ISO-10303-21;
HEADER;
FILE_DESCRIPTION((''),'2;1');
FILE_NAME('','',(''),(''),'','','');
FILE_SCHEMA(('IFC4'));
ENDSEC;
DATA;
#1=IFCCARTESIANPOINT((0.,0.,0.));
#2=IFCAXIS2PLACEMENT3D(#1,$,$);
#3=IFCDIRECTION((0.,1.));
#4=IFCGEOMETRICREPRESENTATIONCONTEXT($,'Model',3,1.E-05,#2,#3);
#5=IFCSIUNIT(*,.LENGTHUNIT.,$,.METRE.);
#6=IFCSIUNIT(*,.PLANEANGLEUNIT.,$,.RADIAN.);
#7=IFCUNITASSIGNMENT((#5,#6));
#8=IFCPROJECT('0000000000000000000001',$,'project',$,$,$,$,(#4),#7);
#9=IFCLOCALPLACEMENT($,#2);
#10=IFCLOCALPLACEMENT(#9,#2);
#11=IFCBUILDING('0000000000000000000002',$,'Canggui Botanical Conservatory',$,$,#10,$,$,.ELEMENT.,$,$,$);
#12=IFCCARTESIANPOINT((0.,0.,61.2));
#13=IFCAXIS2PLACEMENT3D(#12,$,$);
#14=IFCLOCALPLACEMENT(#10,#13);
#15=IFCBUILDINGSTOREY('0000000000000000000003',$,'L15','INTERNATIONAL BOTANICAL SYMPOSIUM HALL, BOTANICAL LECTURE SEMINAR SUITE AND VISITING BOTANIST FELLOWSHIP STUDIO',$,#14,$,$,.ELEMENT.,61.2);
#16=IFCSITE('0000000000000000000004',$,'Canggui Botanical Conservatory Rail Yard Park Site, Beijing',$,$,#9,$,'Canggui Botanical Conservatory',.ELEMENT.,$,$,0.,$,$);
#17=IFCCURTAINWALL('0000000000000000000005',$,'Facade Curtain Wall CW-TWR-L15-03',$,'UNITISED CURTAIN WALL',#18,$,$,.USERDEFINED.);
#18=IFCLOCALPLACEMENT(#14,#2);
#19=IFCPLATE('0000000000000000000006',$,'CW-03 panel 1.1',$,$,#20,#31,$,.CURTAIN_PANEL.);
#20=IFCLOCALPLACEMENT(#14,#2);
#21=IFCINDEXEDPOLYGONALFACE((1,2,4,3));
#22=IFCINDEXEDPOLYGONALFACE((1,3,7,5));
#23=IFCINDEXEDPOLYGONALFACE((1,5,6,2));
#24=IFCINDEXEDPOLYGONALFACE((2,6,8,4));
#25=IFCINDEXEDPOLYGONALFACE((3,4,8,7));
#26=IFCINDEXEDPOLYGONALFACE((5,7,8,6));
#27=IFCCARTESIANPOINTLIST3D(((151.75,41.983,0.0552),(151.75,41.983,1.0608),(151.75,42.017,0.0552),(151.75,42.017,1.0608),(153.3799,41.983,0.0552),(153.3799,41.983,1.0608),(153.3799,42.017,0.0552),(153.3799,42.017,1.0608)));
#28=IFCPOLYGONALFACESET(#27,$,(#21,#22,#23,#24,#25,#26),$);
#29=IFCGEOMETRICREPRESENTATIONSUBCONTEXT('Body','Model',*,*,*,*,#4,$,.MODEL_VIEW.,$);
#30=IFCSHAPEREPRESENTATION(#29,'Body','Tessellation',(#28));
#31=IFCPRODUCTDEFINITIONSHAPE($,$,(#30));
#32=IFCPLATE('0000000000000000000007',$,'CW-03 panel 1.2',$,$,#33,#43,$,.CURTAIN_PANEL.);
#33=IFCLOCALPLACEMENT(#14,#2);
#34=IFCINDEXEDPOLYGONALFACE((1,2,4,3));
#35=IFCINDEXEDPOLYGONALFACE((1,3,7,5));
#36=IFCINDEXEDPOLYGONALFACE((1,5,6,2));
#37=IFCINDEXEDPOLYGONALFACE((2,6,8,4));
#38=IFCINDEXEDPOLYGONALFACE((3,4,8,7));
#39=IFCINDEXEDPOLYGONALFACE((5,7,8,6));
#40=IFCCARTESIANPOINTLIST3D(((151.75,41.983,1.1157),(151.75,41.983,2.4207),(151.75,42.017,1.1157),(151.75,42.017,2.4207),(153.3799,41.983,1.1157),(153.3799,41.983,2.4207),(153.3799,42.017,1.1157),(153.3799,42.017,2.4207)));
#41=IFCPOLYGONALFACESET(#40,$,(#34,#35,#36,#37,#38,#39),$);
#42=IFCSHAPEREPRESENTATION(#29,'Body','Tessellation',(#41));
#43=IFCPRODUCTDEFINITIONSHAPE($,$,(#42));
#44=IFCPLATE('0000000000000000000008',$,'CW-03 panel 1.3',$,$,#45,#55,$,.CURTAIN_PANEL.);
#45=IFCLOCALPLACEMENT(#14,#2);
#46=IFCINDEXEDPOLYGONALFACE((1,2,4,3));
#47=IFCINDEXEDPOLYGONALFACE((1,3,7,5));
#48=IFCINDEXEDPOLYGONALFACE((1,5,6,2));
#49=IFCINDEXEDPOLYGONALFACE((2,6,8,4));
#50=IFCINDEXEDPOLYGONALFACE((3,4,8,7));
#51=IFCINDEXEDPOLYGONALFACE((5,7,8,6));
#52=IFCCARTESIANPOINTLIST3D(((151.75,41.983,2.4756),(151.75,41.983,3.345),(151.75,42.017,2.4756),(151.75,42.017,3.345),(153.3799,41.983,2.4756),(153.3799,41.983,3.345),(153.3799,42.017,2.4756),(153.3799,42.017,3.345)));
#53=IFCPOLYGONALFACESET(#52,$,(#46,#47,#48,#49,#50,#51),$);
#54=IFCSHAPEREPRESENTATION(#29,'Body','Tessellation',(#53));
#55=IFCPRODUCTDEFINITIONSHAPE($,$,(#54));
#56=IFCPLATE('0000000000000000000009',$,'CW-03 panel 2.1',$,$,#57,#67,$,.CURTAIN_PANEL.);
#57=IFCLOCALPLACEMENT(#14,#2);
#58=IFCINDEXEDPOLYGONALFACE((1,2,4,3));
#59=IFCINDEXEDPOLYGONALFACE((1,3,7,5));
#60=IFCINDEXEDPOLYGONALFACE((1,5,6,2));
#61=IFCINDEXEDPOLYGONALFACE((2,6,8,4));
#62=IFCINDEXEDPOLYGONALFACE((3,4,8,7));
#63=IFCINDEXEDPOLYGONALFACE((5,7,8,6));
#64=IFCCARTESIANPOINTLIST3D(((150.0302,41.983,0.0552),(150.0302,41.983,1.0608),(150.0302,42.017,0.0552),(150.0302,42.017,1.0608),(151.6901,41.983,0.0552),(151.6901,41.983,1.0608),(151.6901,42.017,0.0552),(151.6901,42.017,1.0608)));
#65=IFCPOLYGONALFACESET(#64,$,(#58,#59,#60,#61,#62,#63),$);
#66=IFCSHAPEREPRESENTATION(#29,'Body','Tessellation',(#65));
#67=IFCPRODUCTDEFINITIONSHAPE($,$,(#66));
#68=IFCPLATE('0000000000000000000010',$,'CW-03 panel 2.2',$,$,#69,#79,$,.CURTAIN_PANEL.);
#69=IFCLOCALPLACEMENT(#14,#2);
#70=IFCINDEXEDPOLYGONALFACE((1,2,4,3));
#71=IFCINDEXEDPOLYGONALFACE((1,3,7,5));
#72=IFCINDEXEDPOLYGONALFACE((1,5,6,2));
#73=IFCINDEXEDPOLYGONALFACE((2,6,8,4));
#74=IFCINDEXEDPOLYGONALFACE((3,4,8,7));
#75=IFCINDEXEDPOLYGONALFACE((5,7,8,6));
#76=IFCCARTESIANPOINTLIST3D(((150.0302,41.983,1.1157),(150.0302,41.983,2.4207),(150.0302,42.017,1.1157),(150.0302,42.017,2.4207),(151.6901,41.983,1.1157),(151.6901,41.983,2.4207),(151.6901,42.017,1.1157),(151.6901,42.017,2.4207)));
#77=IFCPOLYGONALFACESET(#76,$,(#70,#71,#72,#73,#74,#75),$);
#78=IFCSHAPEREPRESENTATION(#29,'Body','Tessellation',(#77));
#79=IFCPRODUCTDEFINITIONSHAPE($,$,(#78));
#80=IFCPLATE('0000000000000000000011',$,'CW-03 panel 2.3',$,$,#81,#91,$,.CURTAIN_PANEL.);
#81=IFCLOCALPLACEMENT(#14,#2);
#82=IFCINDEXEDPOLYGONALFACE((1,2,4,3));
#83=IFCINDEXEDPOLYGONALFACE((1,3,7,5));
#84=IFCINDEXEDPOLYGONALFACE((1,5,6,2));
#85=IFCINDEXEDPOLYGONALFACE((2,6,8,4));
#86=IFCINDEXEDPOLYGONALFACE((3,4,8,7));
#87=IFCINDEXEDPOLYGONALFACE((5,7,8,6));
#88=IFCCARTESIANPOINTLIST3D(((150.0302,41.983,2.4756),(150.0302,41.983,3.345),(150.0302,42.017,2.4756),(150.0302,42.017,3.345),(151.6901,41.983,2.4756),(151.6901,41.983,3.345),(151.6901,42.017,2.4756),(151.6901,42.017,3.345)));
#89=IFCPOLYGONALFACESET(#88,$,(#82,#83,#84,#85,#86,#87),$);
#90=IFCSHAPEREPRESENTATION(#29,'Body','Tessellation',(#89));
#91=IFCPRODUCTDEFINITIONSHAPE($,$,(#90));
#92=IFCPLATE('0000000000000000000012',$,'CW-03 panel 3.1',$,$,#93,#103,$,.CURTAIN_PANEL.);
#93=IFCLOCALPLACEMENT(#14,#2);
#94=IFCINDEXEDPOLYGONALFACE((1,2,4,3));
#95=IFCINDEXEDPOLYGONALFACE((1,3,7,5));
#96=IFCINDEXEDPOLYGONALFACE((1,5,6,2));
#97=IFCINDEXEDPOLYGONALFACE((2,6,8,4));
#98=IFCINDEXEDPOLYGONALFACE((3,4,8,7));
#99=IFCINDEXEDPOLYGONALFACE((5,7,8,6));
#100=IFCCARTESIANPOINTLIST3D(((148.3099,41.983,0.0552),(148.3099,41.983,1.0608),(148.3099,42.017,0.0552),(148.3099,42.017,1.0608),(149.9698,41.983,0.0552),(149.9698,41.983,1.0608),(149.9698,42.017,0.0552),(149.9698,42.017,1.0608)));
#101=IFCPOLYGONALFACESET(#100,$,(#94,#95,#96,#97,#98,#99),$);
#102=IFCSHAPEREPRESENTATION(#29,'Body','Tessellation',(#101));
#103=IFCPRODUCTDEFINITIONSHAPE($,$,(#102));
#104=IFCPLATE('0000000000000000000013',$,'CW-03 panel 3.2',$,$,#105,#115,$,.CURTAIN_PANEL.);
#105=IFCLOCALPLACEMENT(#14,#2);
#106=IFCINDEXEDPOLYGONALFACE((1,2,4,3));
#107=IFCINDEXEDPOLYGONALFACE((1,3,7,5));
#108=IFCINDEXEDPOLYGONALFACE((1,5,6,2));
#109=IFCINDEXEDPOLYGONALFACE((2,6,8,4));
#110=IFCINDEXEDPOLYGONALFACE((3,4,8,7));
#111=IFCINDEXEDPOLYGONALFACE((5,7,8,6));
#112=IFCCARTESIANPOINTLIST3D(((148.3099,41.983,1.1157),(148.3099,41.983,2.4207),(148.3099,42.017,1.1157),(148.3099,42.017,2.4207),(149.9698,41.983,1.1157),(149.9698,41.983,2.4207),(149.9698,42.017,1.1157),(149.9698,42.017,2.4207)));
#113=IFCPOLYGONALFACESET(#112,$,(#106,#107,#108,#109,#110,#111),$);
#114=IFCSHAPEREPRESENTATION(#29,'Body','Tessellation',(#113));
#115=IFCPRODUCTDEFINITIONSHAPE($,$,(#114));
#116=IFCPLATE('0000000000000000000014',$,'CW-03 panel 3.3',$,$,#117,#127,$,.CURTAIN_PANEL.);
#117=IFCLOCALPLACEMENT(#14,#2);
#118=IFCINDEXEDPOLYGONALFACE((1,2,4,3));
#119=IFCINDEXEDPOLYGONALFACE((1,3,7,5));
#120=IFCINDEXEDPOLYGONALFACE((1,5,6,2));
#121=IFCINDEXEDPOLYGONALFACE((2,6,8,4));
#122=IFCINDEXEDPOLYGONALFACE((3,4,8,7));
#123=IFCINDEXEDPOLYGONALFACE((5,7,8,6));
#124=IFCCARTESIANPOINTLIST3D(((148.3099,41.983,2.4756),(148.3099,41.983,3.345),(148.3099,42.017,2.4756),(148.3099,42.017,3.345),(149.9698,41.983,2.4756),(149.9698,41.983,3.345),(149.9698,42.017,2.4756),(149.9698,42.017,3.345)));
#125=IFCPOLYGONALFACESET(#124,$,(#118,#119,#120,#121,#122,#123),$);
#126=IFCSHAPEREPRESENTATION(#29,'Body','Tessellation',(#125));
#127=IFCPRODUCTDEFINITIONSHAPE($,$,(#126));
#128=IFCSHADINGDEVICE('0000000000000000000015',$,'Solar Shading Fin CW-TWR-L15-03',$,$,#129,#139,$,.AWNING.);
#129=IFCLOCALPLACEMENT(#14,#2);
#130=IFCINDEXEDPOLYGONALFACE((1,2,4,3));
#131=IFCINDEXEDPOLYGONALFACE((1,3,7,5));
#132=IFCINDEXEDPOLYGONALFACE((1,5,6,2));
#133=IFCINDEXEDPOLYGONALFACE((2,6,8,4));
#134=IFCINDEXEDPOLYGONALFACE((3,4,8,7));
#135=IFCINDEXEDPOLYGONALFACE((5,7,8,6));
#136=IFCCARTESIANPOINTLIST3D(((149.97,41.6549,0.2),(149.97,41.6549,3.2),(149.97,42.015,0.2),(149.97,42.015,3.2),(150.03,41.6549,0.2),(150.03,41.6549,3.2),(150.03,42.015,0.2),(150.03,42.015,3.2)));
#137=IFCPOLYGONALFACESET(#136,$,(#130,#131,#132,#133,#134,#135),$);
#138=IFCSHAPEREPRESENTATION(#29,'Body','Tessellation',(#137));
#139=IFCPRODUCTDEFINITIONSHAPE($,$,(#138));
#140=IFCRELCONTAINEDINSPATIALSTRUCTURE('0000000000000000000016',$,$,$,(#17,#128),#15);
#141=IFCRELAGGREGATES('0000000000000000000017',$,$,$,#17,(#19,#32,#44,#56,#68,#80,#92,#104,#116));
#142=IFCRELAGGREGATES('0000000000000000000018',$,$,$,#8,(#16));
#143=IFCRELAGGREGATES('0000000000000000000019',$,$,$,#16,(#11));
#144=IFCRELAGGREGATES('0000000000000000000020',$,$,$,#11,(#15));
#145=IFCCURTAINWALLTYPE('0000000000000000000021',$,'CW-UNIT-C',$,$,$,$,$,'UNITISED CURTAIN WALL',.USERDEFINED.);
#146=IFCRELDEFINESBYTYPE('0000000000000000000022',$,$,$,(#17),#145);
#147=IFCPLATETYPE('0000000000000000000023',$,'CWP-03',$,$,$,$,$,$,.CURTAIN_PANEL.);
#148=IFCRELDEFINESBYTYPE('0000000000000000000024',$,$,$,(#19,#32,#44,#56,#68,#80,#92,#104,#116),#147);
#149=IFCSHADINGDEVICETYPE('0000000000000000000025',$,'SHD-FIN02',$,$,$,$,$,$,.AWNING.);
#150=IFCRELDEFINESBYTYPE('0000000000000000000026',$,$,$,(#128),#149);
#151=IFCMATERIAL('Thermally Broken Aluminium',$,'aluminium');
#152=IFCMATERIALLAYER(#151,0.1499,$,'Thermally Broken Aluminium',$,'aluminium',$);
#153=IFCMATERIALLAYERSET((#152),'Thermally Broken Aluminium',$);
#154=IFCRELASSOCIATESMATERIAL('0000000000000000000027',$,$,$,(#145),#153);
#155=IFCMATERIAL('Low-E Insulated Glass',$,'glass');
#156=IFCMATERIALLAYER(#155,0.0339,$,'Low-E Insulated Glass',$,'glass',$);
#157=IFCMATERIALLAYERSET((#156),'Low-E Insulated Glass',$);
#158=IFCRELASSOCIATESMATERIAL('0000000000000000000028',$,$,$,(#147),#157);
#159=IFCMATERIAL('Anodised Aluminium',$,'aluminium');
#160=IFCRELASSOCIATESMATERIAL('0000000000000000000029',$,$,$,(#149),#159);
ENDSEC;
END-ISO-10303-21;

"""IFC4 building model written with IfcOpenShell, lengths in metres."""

from ifc_helpers import new_model, si_unit, direction, frame, origin, origin_2d, place, context, subcontext, project, spatial, rectangle, extrude, material, layer, layer_set, type_object, element, aggregate, save


model = new_model("IFC4")

# Units and contexts
model_context = context("Model", 3, precision=1e-05, world=origin(), true_north=direction((0.0, 1.0)))
body_context = subcontext(model_context, "Body", "Model", "MODEL_VIEW")
ifc_project = project(units=[si_unit("LENGTHUNIT", "METRE"), si_unit("PLANEANGLEUNIT", "RADIAN")], contexts=[model_context])

# Site, building, storey
site_placement = place(None, origin())
site = spatial("IfcSite", under=ifc_project, at=site_placement, Name="Canggui Botanical Conservatory Rail Yard Park Site, Beijing", LongName="Canggui Botanical Conservatory", CompositionType="ELEMENT", RefElevation=0.0)
building_placement = place(site_placement, origin())
building = spatial("IfcBuilding", under=site, at=building_placement, Name="Canggui Botanical Conservatory", CompositionType="ELEMENT")
storey_placement = place(building_placement, frame((0.0, 0.0, 61.2)))
storey = spatial("IfcBuildingStorey", under=building, at=storey_placement, Name="L15", Description="INTERNATIONAL BOTANICAL SYMPOSIUM HALL, BOTANICAL LECTURE SEMINAR SUITE AND VISITING BOTANIST FELLOWSHIP STUDIO", CompositionType="ELEMENT", Elevation=61.2)

# Curtain wall, plates
ifc_material_1 = material(Name="Thermally Broken Aluminium", Category="aluminium")
ifc_layer_1 = layer(ifc_material_1, 0.1499, Name="Thermally Broken Aluminium", Category="aluminium")
ifc_layer_set_1 = layer_set([ifc_layer_1], Name="Thermally Broken Aluminium")
curtain_wall_type = type_object("IfcCurtainWallType", Name="CW-UNIT-C", ElementType="UNITISED CURTAIN WALL", PredefinedType="USERDEFINED", material=ifc_layer_set_1)
curtain_wall_placement = place(storey_placement, origin())
curtain_wall = element("IfcCurtainWall", 1, at=curtain_wall_placement, inside=storey, type_object=curtain_wall_type, Name="Facade Curtain Wall CW-TWR-L15-03", ObjectType="UNITISED CURTAIN WALL", PredefinedType="USERDEFINED")
ifc_material_2 = material(Name="Low-E Insulated Glass", Category="glass")
ifc_layer_2 = layer(ifc_material_2, 0.0339, Name="Low-E Insulated Glass", Category="glass")
ifc_layer_set_2 = layer_set([ifc_layer_2], Name="Low-E Insulated Glass")
plate_type = type_object("IfcPlateType", Name="CWP-03", PredefinedType="CURTAIN_PANEL", material=ifc_layer_set_2)
plate_1_placement = place(storey_placement, frame((152.5649, 42.0, 0.0552), z_axis=(0.0, 0.0, 1.0), x_axis=(-1.0, 0.0, 0.0)))
plate_1 = element("IfcPlate", 2, at=plate_1_placement, type_object=plate_type, Name="CW-03 panel 1.1", PredefinedType="CURTAIN_PANEL", context=body_context, shape_type="SweptSolid", body=[
    extrude(rectangle(XDim=1.6299, YDim=0.0339, at=origin_2d()), origin(), (0.0, 0.0, 1.0), 1.0056),
])
plate_2_placement = place(storey_placement, frame((152.5649, 42.0, 1.1157), z_axis=(0.0, 0.0, 1.0), x_axis=(-1.0, 0.0, 0.0)))
plate_2 = element("IfcPlate", 3, at=plate_2_placement, type_object=plate_type, Name="CW-03 panel 1.2", PredefinedType="CURTAIN_PANEL", context=body_context, shape_type="SweptSolid", body=[
    extrude(rectangle(XDim=1.6299, YDim=0.0339, at=origin_2d()), origin(), (0.0, 0.0, 1.0), 1.3049),
])
plate_3_placement = place(storey_placement, frame((152.5649, 42.0, 2.4756), z_axis=(0.0, 0.0, 1.0), x_axis=(-1.0, 0.0, 0.0)))
plate_3 = element("IfcPlate", 4, at=plate_3_placement, type_object=plate_type, Name="CW-03 panel 1.3", PredefinedType="CURTAIN_PANEL", context=body_context, shape_type="SweptSolid", body=[
    extrude(rectangle(XDim=1.6299, YDim=0.0339, at=origin_2d()), origin(), (0.0, 0.0, 1.0), 0.8694),
])
plate_4_placement = place(storey_placement, frame((150.8601, 42.0, 0.0552), z_axis=(0.0, 0.0, 1.0), x_axis=(-1.0, 0.0, 0.0)))
plate_4 = element("IfcPlate", 5, at=plate_4_placement, type_object=plate_type, Name="CW-03 panel 2.1", PredefinedType="CURTAIN_PANEL", context=body_context, shape_type="SweptSolid", body=[
    extrude(rectangle(XDim=1.6599, YDim=0.0339, at=origin_2d()), origin(), (0.0, 0.0, 1.0), 1.0056),
])
plate_5_placement = place(storey_placement, frame((150.8601, 42.0, 1.1157), z_axis=(0.0, 0.0, 1.0), x_axis=(-1.0, 0.0, 0.0)))
plate_5 = element("IfcPlate", 6, at=plate_5_placement, type_object=plate_type, Name="CW-03 panel 2.2", PredefinedType="CURTAIN_PANEL", context=body_context, shape_type="SweptSolid", body=[
    extrude(rectangle(XDim=1.6599, YDim=0.0339, at=origin_2d()), origin(), (0.0, 0.0, 1.0), 1.3049),
])
plate_6_placement = place(storey_placement, frame((150.8601, 42.0, 2.4756), z_axis=(0.0, 0.0, 1.0), x_axis=(-1.0, 0.0, 0.0)))
plate_6 = element("IfcPlate", 7, at=plate_6_placement, type_object=plate_type, Name="CW-03 panel 2.3", PredefinedType="CURTAIN_PANEL", context=body_context, shape_type="SweptSolid", body=[
    extrude(rectangle(XDim=1.6599, YDim=0.0339, at=origin_2d()), origin(), (0.0, 0.0, 1.0), 0.8694),
])
plate_7_placement = place(storey_placement, frame((149.1399, 42.0, 0.0552), z_axis=(0.0, 0.0, 1.0), x_axis=(-1.0, 0.0, 0.0)))
plate_7 = element("IfcPlate", 8, at=plate_7_placement, type_object=plate_type, Name="CW-03 panel 3.1", PredefinedType="CURTAIN_PANEL", context=body_context, shape_type="SweptSolid", body=[
    extrude(rectangle(XDim=1.6599, YDim=0.0339, at=origin_2d()), origin(), (0.0, 0.0, 1.0), 1.0056),
])
plate_8_placement = place(storey_placement, frame((149.1399, 42.0, 1.1157), z_axis=(0.0, 0.0, 1.0), x_axis=(-1.0, 0.0, 0.0)))
plate_8 = element("IfcPlate", 9, at=plate_8_placement, type_object=plate_type, Name="CW-03 panel 3.2", PredefinedType="CURTAIN_PANEL", context=body_context, shape_type="SweptSolid", body=[
    extrude(rectangle(XDim=1.6599, YDim=0.0339, at=origin_2d()), origin(), (0.0, 0.0, 1.0), 1.3049),
])
plate_9_placement = place(storey_placement, frame((149.1399, 42.0, 2.4756), z_axis=(0.0, 0.0, 1.0), x_axis=(-1.0, 0.0, 0.0)))
plate_9 = element("IfcPlate", 10, at=plate_9_placement, type_object=plate_type, Name="CW-03 panel 3.3", PredefinedType="CURTAIN_PANEL", context=body_context, shape_type="SweptSolid", body=[
    extrude(rectangle(XDim=1.6599, YDim=0.0339, at=origin_2d()), origin(), (0.0, 0.0, 1.0), 0.8694),
])
aggregate(curtain_wall, [plate_1, plate_2, plate_3, plate_4, plate_5, plate_6, plate_7, plate_8, plate_9])

# Shading device
ifc_material_3 = material(Name="Anodised Aluminium", Category="aluminium")
shading_device_type = type_object("IfcShadingDeviceType", Name="SHD-FIN02", PredefinedType="AWNING", material=ifc_material_3)
shading_device_placement = place(storey_placement, frame((150.0, 41.835, 0.2), z_axis=(0.0, 0.0, 1.0), x_axis=(-1.0, 0.0, 0.0)))
element("IfcShadingDevice", 11, at=shading_device_placement, inside=storey, type_object=shading_device_type, Name="Solar Shading Fin CW-TWR-L15-03", PredefinedType="AWNING", context=body_context, shape_type="SweptSolid", body=[
    extrude(rectangle(XDim=0.0601, YDim=0.3601, at=origin_2d()), origin(), (0.0, 0.0, 1.0), 3.0),
])

save(model, "model.ifc")
